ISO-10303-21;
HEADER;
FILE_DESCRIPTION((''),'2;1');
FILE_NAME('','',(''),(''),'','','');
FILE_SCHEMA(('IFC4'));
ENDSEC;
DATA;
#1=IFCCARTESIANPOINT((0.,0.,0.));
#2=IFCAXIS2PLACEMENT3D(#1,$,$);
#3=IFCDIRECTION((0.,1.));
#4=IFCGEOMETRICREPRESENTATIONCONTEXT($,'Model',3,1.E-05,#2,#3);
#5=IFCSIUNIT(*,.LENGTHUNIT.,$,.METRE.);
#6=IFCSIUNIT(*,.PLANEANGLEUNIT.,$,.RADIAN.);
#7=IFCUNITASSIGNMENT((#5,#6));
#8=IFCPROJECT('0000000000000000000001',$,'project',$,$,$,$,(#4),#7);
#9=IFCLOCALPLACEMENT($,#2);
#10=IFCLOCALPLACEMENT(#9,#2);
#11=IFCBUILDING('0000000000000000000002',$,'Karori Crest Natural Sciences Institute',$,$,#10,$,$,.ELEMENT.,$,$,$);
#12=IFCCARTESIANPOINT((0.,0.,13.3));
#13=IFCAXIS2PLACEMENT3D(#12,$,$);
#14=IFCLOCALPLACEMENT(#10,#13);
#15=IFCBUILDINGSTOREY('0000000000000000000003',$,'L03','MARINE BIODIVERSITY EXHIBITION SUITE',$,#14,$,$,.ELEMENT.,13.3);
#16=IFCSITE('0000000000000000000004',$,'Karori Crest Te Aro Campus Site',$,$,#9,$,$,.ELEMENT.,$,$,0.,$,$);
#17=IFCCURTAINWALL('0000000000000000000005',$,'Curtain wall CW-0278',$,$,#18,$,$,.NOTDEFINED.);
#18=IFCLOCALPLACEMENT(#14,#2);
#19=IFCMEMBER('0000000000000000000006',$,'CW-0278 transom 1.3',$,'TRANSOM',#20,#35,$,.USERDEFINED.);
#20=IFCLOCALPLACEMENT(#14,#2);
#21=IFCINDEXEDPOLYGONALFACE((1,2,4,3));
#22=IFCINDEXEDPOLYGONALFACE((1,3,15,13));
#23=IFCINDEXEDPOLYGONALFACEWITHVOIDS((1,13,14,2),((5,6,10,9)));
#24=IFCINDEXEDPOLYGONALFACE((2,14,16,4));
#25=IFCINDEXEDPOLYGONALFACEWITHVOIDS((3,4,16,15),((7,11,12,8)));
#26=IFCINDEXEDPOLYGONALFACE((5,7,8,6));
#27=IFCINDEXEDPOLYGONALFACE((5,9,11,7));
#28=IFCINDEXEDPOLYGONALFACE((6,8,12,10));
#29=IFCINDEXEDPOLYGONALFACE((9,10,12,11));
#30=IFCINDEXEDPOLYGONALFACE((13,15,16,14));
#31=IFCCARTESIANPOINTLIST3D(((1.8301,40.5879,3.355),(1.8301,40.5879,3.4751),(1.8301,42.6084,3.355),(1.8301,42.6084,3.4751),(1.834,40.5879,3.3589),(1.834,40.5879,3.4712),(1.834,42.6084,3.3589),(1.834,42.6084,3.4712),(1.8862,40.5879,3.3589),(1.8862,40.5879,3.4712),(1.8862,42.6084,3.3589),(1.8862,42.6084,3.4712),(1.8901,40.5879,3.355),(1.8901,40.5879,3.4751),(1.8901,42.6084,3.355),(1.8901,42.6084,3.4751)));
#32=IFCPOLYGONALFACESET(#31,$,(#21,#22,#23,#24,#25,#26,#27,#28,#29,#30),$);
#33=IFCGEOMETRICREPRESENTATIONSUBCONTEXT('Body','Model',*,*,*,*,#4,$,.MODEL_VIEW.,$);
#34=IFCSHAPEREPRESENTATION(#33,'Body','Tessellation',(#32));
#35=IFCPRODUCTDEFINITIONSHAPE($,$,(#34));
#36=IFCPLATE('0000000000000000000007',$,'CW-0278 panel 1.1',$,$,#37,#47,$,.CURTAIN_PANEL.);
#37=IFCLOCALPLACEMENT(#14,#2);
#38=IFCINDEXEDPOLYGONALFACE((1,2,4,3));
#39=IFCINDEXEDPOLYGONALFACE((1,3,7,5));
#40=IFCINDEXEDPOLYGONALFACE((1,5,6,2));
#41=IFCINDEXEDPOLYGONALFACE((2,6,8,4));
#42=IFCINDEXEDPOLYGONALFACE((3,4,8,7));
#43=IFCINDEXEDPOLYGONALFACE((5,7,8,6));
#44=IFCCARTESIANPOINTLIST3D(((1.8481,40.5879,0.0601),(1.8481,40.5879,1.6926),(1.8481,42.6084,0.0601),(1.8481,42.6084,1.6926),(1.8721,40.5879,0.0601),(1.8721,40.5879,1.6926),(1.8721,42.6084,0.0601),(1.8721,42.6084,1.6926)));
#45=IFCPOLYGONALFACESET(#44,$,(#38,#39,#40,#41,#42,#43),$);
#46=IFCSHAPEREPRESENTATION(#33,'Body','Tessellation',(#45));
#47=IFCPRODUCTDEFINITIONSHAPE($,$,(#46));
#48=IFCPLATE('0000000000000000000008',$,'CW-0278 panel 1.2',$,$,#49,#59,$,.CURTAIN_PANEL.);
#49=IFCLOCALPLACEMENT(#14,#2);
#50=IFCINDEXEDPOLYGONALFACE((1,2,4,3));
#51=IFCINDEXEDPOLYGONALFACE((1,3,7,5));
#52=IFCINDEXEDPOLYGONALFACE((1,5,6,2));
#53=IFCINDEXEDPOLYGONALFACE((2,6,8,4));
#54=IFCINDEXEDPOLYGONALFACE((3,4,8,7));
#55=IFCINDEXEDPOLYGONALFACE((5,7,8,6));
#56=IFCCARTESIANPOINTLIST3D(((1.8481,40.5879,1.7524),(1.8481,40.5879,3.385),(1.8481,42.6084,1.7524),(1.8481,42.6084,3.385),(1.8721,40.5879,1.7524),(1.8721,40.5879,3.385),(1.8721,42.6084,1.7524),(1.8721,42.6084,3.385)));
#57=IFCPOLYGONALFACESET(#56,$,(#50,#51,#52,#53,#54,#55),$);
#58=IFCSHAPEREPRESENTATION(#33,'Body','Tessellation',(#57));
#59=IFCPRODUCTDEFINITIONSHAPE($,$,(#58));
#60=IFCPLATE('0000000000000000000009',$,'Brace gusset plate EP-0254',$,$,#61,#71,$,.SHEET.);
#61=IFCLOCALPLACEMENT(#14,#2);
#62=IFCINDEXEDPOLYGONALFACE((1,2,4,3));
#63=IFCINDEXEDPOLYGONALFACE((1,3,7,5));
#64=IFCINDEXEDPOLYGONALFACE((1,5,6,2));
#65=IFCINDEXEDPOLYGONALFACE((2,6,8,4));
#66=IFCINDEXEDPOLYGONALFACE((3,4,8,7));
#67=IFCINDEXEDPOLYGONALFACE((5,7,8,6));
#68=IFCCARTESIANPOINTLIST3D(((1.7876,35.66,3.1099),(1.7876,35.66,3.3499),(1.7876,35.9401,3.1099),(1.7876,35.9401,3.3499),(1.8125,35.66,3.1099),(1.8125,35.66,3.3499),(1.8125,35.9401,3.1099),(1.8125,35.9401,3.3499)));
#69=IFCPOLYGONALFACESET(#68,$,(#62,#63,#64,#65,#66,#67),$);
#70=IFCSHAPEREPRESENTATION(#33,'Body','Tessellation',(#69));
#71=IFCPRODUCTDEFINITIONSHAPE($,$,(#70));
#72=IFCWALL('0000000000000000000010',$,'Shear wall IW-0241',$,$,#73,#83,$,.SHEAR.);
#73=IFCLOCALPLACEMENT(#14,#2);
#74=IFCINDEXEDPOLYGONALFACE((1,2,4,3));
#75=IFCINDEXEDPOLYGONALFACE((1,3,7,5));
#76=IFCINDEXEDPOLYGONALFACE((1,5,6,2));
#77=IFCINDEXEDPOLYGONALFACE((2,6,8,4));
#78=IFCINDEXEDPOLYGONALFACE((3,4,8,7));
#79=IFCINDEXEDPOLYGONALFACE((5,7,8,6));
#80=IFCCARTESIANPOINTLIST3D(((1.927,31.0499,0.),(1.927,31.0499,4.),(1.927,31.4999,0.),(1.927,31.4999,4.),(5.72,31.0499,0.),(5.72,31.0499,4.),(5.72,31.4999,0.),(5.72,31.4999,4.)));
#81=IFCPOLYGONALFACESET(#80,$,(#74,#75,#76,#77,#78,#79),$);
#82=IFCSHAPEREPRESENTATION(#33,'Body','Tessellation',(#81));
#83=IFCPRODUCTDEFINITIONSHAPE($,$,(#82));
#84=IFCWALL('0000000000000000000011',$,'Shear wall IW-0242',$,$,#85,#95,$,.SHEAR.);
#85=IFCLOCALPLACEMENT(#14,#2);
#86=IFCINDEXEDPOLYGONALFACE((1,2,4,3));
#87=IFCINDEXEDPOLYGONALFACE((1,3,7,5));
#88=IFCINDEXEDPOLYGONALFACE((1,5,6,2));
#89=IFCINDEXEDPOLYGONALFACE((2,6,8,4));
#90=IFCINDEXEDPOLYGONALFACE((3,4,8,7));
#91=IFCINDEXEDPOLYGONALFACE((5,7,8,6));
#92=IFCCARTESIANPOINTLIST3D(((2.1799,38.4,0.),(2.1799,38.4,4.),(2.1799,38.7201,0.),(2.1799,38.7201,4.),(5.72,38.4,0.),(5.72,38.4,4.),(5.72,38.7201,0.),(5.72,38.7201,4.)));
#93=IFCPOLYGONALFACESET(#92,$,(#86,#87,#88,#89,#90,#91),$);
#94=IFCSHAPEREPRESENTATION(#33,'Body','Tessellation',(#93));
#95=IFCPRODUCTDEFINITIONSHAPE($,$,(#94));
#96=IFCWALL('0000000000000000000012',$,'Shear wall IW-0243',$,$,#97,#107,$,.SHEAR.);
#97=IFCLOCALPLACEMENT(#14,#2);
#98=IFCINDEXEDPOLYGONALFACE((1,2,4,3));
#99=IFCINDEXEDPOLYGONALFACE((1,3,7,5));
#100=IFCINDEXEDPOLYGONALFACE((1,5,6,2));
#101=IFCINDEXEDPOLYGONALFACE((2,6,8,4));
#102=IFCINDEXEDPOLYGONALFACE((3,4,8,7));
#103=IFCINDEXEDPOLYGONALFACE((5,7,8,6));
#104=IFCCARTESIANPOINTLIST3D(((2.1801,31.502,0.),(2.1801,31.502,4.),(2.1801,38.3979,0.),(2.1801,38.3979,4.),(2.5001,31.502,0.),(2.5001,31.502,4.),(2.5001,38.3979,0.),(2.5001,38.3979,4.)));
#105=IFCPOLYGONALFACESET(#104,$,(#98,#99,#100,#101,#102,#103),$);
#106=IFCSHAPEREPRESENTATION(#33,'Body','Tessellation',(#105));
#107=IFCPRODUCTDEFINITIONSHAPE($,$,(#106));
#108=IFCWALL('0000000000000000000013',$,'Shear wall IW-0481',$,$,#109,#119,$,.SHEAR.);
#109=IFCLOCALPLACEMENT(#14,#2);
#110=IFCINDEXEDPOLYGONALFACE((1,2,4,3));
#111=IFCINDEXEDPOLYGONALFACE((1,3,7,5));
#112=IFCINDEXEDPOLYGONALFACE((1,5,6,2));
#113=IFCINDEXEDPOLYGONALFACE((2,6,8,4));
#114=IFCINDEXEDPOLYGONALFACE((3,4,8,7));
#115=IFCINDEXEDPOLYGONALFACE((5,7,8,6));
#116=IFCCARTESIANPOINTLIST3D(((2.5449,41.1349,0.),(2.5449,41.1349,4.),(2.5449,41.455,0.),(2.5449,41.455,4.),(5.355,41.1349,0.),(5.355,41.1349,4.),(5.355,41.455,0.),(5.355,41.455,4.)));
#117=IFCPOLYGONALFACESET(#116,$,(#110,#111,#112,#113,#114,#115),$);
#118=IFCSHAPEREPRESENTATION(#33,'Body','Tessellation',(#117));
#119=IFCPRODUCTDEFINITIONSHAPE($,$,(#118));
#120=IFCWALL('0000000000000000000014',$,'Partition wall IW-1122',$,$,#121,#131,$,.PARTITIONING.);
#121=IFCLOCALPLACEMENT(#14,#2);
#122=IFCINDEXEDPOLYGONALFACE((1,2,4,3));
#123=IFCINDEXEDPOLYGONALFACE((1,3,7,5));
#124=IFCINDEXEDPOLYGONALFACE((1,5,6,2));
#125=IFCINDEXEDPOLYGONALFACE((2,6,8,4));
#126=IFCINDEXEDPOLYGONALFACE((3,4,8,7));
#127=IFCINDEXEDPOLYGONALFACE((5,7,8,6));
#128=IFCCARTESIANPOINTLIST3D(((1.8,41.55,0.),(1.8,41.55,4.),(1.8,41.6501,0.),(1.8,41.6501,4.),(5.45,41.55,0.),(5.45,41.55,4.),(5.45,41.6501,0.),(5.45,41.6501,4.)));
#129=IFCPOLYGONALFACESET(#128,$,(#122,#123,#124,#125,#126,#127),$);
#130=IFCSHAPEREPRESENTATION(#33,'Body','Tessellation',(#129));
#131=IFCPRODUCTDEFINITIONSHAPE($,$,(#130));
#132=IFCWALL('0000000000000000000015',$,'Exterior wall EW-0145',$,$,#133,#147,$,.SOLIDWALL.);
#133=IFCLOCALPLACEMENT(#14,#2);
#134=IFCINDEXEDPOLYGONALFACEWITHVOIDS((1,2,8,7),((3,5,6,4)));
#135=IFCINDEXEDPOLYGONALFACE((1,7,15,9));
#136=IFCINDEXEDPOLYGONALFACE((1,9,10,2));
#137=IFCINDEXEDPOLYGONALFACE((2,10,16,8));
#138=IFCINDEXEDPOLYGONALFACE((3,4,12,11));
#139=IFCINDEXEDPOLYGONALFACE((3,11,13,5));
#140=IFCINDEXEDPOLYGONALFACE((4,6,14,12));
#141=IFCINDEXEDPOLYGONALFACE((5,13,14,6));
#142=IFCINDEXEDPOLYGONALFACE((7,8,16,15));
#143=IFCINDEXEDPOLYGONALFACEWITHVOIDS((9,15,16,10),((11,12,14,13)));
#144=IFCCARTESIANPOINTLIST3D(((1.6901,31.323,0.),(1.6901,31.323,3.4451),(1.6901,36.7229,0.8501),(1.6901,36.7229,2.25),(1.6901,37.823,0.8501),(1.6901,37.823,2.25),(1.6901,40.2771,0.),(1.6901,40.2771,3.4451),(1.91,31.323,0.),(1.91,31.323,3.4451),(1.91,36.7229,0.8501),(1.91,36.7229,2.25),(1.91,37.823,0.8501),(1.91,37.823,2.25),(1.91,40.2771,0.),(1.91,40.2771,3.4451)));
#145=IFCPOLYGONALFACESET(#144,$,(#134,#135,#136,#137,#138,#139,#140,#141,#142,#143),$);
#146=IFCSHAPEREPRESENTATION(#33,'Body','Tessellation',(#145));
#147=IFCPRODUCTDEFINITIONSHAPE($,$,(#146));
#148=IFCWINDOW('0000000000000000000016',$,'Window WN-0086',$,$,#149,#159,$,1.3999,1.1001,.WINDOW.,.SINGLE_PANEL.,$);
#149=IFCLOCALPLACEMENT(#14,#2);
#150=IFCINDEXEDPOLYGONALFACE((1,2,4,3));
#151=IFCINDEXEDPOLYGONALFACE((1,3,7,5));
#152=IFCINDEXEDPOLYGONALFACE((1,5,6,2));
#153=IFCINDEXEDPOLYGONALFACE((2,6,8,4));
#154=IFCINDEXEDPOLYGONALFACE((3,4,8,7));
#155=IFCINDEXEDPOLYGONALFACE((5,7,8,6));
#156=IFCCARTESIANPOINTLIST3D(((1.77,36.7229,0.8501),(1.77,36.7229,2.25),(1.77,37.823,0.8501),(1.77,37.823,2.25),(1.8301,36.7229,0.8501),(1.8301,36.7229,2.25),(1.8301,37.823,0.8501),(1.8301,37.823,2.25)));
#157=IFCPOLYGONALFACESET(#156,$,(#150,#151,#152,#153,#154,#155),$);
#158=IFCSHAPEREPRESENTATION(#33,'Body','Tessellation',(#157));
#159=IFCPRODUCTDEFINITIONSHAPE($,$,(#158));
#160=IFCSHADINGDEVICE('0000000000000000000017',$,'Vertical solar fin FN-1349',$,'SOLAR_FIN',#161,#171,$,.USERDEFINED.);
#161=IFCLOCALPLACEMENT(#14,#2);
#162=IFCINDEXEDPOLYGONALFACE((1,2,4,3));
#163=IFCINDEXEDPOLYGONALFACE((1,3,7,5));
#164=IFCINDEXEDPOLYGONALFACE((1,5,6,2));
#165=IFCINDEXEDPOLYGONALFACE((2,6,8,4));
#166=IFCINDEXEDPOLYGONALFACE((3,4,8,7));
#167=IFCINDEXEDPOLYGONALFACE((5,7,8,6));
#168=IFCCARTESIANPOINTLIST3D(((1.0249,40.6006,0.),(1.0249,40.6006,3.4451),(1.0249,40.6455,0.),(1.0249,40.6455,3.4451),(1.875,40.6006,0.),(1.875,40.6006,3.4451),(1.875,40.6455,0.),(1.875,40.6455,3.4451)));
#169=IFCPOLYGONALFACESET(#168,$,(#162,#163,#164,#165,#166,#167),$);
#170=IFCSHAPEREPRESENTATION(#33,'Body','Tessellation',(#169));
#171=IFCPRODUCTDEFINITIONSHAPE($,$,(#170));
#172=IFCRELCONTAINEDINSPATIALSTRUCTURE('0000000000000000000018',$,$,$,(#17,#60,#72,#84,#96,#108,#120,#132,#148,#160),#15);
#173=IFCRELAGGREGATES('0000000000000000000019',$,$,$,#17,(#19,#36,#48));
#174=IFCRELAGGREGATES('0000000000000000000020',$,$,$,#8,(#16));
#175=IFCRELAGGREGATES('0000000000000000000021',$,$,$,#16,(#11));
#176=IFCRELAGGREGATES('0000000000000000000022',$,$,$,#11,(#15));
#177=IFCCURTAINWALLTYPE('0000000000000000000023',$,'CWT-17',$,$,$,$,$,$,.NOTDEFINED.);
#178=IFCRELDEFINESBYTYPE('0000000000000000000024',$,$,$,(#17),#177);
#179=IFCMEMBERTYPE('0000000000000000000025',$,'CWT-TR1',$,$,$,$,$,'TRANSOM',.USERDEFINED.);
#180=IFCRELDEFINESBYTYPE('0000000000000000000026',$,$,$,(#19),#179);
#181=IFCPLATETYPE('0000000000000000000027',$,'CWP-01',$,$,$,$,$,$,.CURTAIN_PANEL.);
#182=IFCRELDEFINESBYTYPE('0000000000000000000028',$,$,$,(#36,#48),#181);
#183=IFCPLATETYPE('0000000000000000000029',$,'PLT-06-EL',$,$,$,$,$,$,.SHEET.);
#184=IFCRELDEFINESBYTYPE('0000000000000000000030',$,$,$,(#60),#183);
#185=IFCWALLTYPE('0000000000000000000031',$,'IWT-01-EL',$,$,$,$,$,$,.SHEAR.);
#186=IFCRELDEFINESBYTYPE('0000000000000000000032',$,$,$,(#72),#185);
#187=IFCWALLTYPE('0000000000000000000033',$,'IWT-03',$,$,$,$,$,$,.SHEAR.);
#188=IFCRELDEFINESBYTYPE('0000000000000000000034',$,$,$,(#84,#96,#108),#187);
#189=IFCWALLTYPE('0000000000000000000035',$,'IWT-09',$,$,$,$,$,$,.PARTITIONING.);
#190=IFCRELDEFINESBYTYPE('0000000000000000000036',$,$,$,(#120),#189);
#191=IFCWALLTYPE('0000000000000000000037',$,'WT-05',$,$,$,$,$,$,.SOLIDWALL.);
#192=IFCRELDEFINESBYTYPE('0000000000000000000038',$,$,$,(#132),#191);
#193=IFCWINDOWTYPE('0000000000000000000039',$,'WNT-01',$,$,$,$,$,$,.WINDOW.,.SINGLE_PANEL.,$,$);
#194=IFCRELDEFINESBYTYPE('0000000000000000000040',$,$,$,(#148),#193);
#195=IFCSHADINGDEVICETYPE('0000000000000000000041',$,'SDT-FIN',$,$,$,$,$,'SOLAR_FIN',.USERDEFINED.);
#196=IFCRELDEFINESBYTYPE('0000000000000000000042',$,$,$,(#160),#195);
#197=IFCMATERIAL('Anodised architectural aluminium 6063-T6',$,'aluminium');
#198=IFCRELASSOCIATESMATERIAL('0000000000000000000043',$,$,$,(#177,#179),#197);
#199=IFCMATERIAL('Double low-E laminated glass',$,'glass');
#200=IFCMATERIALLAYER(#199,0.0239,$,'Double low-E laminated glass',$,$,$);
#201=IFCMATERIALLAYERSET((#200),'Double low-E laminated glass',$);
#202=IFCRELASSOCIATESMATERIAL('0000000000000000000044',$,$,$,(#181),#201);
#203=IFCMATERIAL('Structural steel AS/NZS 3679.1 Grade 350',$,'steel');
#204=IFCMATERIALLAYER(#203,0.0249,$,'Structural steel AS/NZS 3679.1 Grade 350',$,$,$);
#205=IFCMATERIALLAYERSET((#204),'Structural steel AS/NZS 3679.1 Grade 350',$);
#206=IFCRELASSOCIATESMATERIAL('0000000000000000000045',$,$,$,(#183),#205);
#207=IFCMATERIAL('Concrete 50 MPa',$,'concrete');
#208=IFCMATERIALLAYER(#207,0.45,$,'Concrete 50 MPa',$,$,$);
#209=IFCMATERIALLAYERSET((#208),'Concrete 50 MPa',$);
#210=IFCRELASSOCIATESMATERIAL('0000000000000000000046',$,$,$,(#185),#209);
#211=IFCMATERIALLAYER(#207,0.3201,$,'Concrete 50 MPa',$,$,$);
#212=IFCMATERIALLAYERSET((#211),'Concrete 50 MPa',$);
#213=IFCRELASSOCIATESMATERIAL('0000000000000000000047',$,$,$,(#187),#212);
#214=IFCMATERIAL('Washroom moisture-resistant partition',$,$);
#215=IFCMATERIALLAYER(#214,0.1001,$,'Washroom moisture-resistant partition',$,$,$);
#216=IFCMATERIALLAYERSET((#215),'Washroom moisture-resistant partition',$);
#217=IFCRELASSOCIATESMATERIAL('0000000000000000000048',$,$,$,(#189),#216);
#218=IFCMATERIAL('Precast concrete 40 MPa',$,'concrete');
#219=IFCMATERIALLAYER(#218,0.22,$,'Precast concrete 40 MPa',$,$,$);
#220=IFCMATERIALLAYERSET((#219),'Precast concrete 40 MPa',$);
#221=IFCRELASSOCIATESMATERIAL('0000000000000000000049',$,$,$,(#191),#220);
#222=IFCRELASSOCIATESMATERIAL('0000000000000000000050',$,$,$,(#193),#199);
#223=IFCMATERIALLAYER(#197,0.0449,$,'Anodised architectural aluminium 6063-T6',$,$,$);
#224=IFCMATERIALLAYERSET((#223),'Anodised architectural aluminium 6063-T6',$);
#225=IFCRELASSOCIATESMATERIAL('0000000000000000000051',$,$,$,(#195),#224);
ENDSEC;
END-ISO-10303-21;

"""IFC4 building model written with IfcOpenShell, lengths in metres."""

from ifc_helpers import new_model, si_unit, direction, frame, frame_2d, origin, origin_2d, place, context, subcontext, project, spatial, rectangle, hollow_rectangle, extrude, material, layer, layer_set, material_profile, profile_set, type_object, element, fill, aggregate, save


model = new_model("IFC4")

# Units and contexts
model_context = context("Model", 3, precision=1e-05, world=origin(), true_north=direction((0.0, 1.0)))
body_context = subcontext(model_context, "Body", "Model", "MODEL_VIEW")
ifc_project = project(units=[si_unit("LENGTHUNIT", "METRE"), si_unit("PLANEANGLEUNIT", "RADIAN")], contexts=[model_context])

# Site, building, storey
site_placement = place(None, origin())
site = spatial("IfcSite", under=ifc_project, at=site_placement, Name="Karori Crest Te Aro Campus Site", CompositionType="ELEMENT", RefElevation=0.0)
building_placement = place(site_placement, origin())
building = spatial("IfcBuilding", under=site, at=building_placement, Name="Karori Crest Natural Sciences Institute", CompositionType="ELEMENT")
storey_placement = place(building_placement, frame((0.0, 0.0, 13.3)))
storey = spatial("IfcBuildingStorey", under=building, at=storey_placement, Name="L03", Description="MARINE BIODIVERSITY EXHIBITION SUITE", CompositionType="ELEMENT", Elevation=13.3)

# Shared definitions
ifc_material_1 = material(Name="Structural steel AS/NZS 3679.1 Grade 350", Category="steel")

# Curtain wall, member, plates
ifc_material_2 = material(Name="Anodised architectural aluminium 6063-T6", Category="aluminium")
curtain_wall_type = type_object("IfcCurtainWallType", Name="CWT-17", PredefinedType="NOTDEFINED", material=ifc_material_2)
curtain_wall_placement = place(storey_placement, origin())
curtain_wall = element("IfcCurtainWall", 1, at=curtain_wall_placement, inside=storey, type_object=curtain_wall_type, Name="Curtain wall CW-0278", PredefinedType="NOTDEFINED")
ifc_material_profile_1 = material_profile(ifc_material_2, hollow_rectangle(XDim=0.0601, YDim=0.1201, WallThickness=0.0039, at=origin_2d()), Name="CWT120x60x4")
ifc_profile_set_1 = profile_set([ifc_material_profile_1], Name="Anodised architectural aluminium 6063-T6")
member_type_1 = type_object("IfcMemberType", Name="CWT-TR1", ElementType="TRANSOM", PredefinedType="USERDEFINED", material=ifc_profile_set_1)
member_1_placement = place(storey_placement, frame((1.8601, 40.5879, 3.415), z_axis=(0.0, 1.0, 0.0), x_axis=(-1.0, 0.0, 0.0)))
member_1 = element("IfcMember", 2, at=member_1_placement, type_object=member_type_1, Name="CW-0278 transom 1.3", ObjectType="TRANSOM", PredefinedType="USERDEFINED", context=body_context, shape_type="SweptSolid", body=[
    extrude(hollow_rectangle(XDim=0.0601, YDim=0.1201, WallThickness=0.0039, at=origin_2d()), origin(), (0.0, 0.0, 1.0), 2.0205),
])
ifc_material_3 = material(Name="Double low-E laminated glass", Category="glass")
ifc_layer_1 = layer(ifc_material_3, 0.0239, Name="Double low-E laminated glass")
ifc_layer_set_1 = layer_set([ifc_layer_1], Name="Double low-E laminated glass")
plate_type_1 = type_object("IfcPlateType", Name="CWP-01", PredefinedType="CURTAIN_PANEL", material=ifc_layer_set_1)
plate_1_placement = place(storey_placement, frame((1.8601, 41.5981, 0.0601), z_axis=(0.0, 0.0, 1.0), x_axis=(0.0, 1.0, 0.0)))
plate_1 = element("IfcPlate", 3, at=plate_1_placement, type_object=plate_type_1, Name="CW-0278 panel 1.1", PredefinedType="CURTAIN_PANEL", context=body_context, shape_type="SweptSolid", body=[
    extrude(rectangle(XDim=2.0205, YDim=0.0239, at=origin_2d()), origin(), (0.0, 0.0, 1.0), 1.6326),
])
plate_2_placement = place(storey_placement, frame((1.8601, 41.5981, 1.7524), z_axis=(0.0, 0.0, 1.0), x_axis=(0.0, 1.0, 0.0)))
plate_2 = element("IfcPlate", 4, at=plate_2_placement, type_object=plate_type_1, Name="CW-0278 panel 1.2", PredefinedType="CURTAIN_PANEL", context=body_context, shape_type="SweptSolid", body=[
    extrude(rectangle(XDim=2.0205, YDim=0.0239, at=origin_2d()), origin(), (0.0, 0.0, 1.0), 1.6326),
])
aggregate(curtain_wall, [member_1, plate_1, plate_2])

# Plate
ifc_layer_2 = layer(ifc_material_1, 0.0249, Name="Structural steel AS/NZS 3679.1 Grade 350")
ifc_layer_set_2 = layer_set([ifc_layer_2], Name="Structural steel AS/NZS 3679.1 Grade 350")
plate_type_2 = type_object("IfcPlateType", Name="PLT-06-EL", PredefinedType="SHEET", material=ifc_layer_set_2)
plate_3_placement = place(storey_placement, frame((1.8, 35.8, 3.1099), z_axis=(0.0, 0.0, 1.0), x_axis=(0.0, 1.0, 0.0)))
element("IfcPlate", 5, at=plate_3_placement, inside=storey, type_object=plate_type_2, Name="Brace gusset plate EP-0254", PredefinedType="SHEET", context=body_context, shape_type="SweptSolid", body=[
    extrude(rectangle(XDim=0.28, YDim=0.0249, at=origin_2d()), origin(), (0.0, 0.0, 1.0), 0.24),
])

# Walls
ifc_material_4 = material(Name="Concrete 50 MPa", Category="concrete")
ifc_layer_3 = layer(ifc_material_4, 0.45, Name="Concrete 50 MPa")
ifc_layer_set_3 = layer_set([ifc_layer_3], Name="Concrete 50 MPa")
wall_type_1 = type_object("IfcWallType", Name="IWT-01-EL", PredefinedType="SHEAR", material=ifc_layer_set_3)
wall_1_placement = place(storey_placement, frame((1.927, 31.2749, 0.0), z_axis=(0.0, 0.0, 1.0), x_axis=(1.0, 0.0, 0.0)))
element("IfcWall", 6, at=wall_1_placement, inside=storey, type_object=wall_type_1, Name="Shear wall IW-0241", PredefinedType="SHEAR", context=body_context, shape_type="SweptSolid", body=[
    extrude(rectangle(XDim=3.793, YDim=0.45, at=frame_2d((1.8965, 0.0))), origin(), (0.0, 0.0, 1.0), 4.0),
])
ifc_layer_4 = layer(ifc_material_4, 0.3201, Name="Concrete 50 MPa")
ifc_layer_set_4 = layer_set([ifc_layer_4], Name="Concrete 50 MPa")
wall_type_2 = type_object("IfcWallType", Name="IWT-03", PredefinedType="SHEAR", material=ifc_layer_set_4)
wall_2_placement = place(storey_placement, frame((2.1799, 38.5601, 0.0), z_axis=(0.0, 0.0, 1.0), x_axis=(1.0, 0.0, 0.0)))
element("IfcWall", 7, at=wall_2_placement, inside=storey, type_object=wall_type_2, Name="Shear wall IW-0242", PredefinedType="SHEAR", context=body_context, shape_type="SweptSolid", body=[
    extrude(rectangle(XDim=3.54, YDim=0.3201, at=frame_2d((1.77, 0.0))), origin(), (0.0, 0.0, 1.0), 4.0),
])
wall_3_placement = place(storey_placement, frame((2.3401, 31.502, 0.0), z_axis=(0.0, 0.0, 1.0), x_axis=(0.0, 1.0, 0.0)))
element("IfcWall", 8, at=wall_3_placement, inside=storey, type_object=wall_type_2, Name="Shear wall IW-0243", PredefinedType="SHEAR", context=body_context, shape_type="SweptSolid", body=[
    extrude(rectangle(XDim=6.896, YDim=0.3201, at=frame_2d((3.448, 0.0))), origin(), (0.0, 0.0, 1.0), 4.0),
])
wall_4_placement = place(storey_placement, frame((2.5449, 41.2949, 0.0), z_axis=(0.0, 0.0, 1.0), x_axis=(1.0, 0.0, 0.0)))
element("IfcWall", 9, at=wall_4_placement, inside=storey, type_object=wall_type_2, Name="Shear wall IW-0481", PredefinedType="SHEAR", context=body_context, shape_type="SweptSolid", body=[
    extrude(rectangle(XDim=2.8101, YDim=0.3201, at=frame_2d((1.405, 0.0))), origin(), (0.0, 0.0, 1.0), 4.0),
])
ifc_material_5 = material(Name="Washroom moisture-resistant partition")
ifc_layer_5 = layer(ifc_material_5, 0.1001, Name="Washroom moisture-resistant partition")
ifc_layer_set_5 = layer_set([ifc_layer_5], Name="Washroom moisture-resistant partition")
wall_type_3 = type_object("IfcWallType", Name="IWT-09", PredefinedType="PARTITIONING", material=ifc_layer_set_5)
wall_5_placement = place(storey_placement, frame((1.8, 41.6001, 0.0), z_axis=(0.0, 0.0, 1.0), x_axis=(1.0, 0.0, 0.0)))
element("IfcWall", 10, at=wall_5_placement, inside=storey, type_object=wall_type_3, Name="Partition wall IW-1122", PredefinedType="PARTITIONING", context=body_context, shape_type="SweptSolid", body=[
    extrude(rectangle(XDim=3.6499, YDim=0.1001, at=frame_2d((1.825, 0.0))), origin(), (0.0, 0.0, 1.0), 4.0),
])

# Wall, opening, window
ifc_material_6 = material(Name="Precast concrete 40 MPa", Category="concrete")
ifc_layer_6 = layer(ifc_material_6, 0.22, Name="Precast concrete 40 MPa")
ifc_layer_set_6 = layer_set([ifc_layer_6], Name="Precast concrete 40 MPa")
wall_type_4 = type_object("IfcWallType", Name="WT-05", PredefinedType="SOLIDWALL", material=ifc_layer_set_6)
wall_6_placement = place(storey_placement, frame((1.8, 31.323, 0.0), z_axis=(0.0, 0.0, 1.0), x_axis=(0.0, 1.0, 0.0)))
wall_6 = element("IfcWall", 11, at=wall_6_placement, inside=storey, type_object=wall_type_4, Name="Exterior wall EW-0145", PredefinedType="SOLIDWALL", context=body_context, shape_type="SweptSolid", body=[
    extrude(rectangle(XDim=8.9541, YDim=0.22, at=frame_2d((4.4771, 0.0))), origin(), (0.0, 0.0, 1.0), 3.4451),
])
opening_placement = place(wall_6_placement, frame((5.3999, 0.0, 0.8501)))
opening = element("IfcOpeningElement", 12, at=opening_placement, cuts=wall_6, PredefinedType="OPENING", context=body_context, shape_type="SweptSolid", body=[
    extrude(rectangle(XDim=1.1001, YDim=1.3999, at=frame_2d((0.55, 0.7))), frame((0.0, 0.1201, 0.0), z_axis=(0.0, -1.0, 0.0), x_axis=(1.0, 0.0, 0.0)), (0.0, 0.0, 1.0), 0.24),
])
window_type = type_object("IfcWindowType", Name="WNT-01", PartitioningType="SINGLE_PANEL", PredefinedType="WINDOW", material=ifc_material_3)
window_placement = place(opening_placement, origin())
window = element("IfcWindow", 13, at=window_placement, inside=storey, type_object=window_type, Name="Window WN-0086", OverallHeight=1.3999, OverallWidth=1.1001, PartitioningType="SINGLE_PANEL", PredefinedType="WINDOW", context=body_context, shape_type="SweptSolid", body=[
    extrude(rectangle(XDim=1.1001, YDim=1.3999, at=frame_2d((0.55, 0.7))), frame((0.0, 0.03, 0.0), z_axis=(0.0, -1.0, 0.0), x_axis=(1.0, 0.0, 0.0)), (0.0, 0.0, 1.0), 0.0601),
])
fill(opening, window)

# Shading device
ifc_layer_7 = layer(ifc_material_2, 0.0449, Name="Anodised architectural aluminium 6063-T6")
ifc_layer_set_7 = layer_set([ifc_layer_7], Name="Anodised architectural aluminium 6063-T6")
shading_device_type = type_object("IfcShadingDeviceType", Name="SDT-FIN", ElementType="SOLAR_FIN", PredefinedType="USERDEFINED", material=ifc_layer_set_7)
for number, where, z_axis, x_axis, name in (
    (14, (1.45, 40.623, 0.0), (0.0, 0.0, 1.0), (-1.0, 0.0, 0.0), "Vertical solar fin FN-1349"),
):
    element("IfcShadingDevice", number, at=place(storey_placement, frame(where, z_axis=z_axis, x_axis=x_axis)), inside=storey, type_object=shading_device_type, Name=name, ObjectType="SOLAR_FIN", PredefinedType="USERDEFINED", context=body_context, shape_type="SweptSolid", body=[
        extrude(rectangle(XDim=0.8501, YDim=0.0449, at=origin_2d()), origin(), (0.0, 0.0, 1.0), 3.4451),
    ])

save(model, "model.ifc")
